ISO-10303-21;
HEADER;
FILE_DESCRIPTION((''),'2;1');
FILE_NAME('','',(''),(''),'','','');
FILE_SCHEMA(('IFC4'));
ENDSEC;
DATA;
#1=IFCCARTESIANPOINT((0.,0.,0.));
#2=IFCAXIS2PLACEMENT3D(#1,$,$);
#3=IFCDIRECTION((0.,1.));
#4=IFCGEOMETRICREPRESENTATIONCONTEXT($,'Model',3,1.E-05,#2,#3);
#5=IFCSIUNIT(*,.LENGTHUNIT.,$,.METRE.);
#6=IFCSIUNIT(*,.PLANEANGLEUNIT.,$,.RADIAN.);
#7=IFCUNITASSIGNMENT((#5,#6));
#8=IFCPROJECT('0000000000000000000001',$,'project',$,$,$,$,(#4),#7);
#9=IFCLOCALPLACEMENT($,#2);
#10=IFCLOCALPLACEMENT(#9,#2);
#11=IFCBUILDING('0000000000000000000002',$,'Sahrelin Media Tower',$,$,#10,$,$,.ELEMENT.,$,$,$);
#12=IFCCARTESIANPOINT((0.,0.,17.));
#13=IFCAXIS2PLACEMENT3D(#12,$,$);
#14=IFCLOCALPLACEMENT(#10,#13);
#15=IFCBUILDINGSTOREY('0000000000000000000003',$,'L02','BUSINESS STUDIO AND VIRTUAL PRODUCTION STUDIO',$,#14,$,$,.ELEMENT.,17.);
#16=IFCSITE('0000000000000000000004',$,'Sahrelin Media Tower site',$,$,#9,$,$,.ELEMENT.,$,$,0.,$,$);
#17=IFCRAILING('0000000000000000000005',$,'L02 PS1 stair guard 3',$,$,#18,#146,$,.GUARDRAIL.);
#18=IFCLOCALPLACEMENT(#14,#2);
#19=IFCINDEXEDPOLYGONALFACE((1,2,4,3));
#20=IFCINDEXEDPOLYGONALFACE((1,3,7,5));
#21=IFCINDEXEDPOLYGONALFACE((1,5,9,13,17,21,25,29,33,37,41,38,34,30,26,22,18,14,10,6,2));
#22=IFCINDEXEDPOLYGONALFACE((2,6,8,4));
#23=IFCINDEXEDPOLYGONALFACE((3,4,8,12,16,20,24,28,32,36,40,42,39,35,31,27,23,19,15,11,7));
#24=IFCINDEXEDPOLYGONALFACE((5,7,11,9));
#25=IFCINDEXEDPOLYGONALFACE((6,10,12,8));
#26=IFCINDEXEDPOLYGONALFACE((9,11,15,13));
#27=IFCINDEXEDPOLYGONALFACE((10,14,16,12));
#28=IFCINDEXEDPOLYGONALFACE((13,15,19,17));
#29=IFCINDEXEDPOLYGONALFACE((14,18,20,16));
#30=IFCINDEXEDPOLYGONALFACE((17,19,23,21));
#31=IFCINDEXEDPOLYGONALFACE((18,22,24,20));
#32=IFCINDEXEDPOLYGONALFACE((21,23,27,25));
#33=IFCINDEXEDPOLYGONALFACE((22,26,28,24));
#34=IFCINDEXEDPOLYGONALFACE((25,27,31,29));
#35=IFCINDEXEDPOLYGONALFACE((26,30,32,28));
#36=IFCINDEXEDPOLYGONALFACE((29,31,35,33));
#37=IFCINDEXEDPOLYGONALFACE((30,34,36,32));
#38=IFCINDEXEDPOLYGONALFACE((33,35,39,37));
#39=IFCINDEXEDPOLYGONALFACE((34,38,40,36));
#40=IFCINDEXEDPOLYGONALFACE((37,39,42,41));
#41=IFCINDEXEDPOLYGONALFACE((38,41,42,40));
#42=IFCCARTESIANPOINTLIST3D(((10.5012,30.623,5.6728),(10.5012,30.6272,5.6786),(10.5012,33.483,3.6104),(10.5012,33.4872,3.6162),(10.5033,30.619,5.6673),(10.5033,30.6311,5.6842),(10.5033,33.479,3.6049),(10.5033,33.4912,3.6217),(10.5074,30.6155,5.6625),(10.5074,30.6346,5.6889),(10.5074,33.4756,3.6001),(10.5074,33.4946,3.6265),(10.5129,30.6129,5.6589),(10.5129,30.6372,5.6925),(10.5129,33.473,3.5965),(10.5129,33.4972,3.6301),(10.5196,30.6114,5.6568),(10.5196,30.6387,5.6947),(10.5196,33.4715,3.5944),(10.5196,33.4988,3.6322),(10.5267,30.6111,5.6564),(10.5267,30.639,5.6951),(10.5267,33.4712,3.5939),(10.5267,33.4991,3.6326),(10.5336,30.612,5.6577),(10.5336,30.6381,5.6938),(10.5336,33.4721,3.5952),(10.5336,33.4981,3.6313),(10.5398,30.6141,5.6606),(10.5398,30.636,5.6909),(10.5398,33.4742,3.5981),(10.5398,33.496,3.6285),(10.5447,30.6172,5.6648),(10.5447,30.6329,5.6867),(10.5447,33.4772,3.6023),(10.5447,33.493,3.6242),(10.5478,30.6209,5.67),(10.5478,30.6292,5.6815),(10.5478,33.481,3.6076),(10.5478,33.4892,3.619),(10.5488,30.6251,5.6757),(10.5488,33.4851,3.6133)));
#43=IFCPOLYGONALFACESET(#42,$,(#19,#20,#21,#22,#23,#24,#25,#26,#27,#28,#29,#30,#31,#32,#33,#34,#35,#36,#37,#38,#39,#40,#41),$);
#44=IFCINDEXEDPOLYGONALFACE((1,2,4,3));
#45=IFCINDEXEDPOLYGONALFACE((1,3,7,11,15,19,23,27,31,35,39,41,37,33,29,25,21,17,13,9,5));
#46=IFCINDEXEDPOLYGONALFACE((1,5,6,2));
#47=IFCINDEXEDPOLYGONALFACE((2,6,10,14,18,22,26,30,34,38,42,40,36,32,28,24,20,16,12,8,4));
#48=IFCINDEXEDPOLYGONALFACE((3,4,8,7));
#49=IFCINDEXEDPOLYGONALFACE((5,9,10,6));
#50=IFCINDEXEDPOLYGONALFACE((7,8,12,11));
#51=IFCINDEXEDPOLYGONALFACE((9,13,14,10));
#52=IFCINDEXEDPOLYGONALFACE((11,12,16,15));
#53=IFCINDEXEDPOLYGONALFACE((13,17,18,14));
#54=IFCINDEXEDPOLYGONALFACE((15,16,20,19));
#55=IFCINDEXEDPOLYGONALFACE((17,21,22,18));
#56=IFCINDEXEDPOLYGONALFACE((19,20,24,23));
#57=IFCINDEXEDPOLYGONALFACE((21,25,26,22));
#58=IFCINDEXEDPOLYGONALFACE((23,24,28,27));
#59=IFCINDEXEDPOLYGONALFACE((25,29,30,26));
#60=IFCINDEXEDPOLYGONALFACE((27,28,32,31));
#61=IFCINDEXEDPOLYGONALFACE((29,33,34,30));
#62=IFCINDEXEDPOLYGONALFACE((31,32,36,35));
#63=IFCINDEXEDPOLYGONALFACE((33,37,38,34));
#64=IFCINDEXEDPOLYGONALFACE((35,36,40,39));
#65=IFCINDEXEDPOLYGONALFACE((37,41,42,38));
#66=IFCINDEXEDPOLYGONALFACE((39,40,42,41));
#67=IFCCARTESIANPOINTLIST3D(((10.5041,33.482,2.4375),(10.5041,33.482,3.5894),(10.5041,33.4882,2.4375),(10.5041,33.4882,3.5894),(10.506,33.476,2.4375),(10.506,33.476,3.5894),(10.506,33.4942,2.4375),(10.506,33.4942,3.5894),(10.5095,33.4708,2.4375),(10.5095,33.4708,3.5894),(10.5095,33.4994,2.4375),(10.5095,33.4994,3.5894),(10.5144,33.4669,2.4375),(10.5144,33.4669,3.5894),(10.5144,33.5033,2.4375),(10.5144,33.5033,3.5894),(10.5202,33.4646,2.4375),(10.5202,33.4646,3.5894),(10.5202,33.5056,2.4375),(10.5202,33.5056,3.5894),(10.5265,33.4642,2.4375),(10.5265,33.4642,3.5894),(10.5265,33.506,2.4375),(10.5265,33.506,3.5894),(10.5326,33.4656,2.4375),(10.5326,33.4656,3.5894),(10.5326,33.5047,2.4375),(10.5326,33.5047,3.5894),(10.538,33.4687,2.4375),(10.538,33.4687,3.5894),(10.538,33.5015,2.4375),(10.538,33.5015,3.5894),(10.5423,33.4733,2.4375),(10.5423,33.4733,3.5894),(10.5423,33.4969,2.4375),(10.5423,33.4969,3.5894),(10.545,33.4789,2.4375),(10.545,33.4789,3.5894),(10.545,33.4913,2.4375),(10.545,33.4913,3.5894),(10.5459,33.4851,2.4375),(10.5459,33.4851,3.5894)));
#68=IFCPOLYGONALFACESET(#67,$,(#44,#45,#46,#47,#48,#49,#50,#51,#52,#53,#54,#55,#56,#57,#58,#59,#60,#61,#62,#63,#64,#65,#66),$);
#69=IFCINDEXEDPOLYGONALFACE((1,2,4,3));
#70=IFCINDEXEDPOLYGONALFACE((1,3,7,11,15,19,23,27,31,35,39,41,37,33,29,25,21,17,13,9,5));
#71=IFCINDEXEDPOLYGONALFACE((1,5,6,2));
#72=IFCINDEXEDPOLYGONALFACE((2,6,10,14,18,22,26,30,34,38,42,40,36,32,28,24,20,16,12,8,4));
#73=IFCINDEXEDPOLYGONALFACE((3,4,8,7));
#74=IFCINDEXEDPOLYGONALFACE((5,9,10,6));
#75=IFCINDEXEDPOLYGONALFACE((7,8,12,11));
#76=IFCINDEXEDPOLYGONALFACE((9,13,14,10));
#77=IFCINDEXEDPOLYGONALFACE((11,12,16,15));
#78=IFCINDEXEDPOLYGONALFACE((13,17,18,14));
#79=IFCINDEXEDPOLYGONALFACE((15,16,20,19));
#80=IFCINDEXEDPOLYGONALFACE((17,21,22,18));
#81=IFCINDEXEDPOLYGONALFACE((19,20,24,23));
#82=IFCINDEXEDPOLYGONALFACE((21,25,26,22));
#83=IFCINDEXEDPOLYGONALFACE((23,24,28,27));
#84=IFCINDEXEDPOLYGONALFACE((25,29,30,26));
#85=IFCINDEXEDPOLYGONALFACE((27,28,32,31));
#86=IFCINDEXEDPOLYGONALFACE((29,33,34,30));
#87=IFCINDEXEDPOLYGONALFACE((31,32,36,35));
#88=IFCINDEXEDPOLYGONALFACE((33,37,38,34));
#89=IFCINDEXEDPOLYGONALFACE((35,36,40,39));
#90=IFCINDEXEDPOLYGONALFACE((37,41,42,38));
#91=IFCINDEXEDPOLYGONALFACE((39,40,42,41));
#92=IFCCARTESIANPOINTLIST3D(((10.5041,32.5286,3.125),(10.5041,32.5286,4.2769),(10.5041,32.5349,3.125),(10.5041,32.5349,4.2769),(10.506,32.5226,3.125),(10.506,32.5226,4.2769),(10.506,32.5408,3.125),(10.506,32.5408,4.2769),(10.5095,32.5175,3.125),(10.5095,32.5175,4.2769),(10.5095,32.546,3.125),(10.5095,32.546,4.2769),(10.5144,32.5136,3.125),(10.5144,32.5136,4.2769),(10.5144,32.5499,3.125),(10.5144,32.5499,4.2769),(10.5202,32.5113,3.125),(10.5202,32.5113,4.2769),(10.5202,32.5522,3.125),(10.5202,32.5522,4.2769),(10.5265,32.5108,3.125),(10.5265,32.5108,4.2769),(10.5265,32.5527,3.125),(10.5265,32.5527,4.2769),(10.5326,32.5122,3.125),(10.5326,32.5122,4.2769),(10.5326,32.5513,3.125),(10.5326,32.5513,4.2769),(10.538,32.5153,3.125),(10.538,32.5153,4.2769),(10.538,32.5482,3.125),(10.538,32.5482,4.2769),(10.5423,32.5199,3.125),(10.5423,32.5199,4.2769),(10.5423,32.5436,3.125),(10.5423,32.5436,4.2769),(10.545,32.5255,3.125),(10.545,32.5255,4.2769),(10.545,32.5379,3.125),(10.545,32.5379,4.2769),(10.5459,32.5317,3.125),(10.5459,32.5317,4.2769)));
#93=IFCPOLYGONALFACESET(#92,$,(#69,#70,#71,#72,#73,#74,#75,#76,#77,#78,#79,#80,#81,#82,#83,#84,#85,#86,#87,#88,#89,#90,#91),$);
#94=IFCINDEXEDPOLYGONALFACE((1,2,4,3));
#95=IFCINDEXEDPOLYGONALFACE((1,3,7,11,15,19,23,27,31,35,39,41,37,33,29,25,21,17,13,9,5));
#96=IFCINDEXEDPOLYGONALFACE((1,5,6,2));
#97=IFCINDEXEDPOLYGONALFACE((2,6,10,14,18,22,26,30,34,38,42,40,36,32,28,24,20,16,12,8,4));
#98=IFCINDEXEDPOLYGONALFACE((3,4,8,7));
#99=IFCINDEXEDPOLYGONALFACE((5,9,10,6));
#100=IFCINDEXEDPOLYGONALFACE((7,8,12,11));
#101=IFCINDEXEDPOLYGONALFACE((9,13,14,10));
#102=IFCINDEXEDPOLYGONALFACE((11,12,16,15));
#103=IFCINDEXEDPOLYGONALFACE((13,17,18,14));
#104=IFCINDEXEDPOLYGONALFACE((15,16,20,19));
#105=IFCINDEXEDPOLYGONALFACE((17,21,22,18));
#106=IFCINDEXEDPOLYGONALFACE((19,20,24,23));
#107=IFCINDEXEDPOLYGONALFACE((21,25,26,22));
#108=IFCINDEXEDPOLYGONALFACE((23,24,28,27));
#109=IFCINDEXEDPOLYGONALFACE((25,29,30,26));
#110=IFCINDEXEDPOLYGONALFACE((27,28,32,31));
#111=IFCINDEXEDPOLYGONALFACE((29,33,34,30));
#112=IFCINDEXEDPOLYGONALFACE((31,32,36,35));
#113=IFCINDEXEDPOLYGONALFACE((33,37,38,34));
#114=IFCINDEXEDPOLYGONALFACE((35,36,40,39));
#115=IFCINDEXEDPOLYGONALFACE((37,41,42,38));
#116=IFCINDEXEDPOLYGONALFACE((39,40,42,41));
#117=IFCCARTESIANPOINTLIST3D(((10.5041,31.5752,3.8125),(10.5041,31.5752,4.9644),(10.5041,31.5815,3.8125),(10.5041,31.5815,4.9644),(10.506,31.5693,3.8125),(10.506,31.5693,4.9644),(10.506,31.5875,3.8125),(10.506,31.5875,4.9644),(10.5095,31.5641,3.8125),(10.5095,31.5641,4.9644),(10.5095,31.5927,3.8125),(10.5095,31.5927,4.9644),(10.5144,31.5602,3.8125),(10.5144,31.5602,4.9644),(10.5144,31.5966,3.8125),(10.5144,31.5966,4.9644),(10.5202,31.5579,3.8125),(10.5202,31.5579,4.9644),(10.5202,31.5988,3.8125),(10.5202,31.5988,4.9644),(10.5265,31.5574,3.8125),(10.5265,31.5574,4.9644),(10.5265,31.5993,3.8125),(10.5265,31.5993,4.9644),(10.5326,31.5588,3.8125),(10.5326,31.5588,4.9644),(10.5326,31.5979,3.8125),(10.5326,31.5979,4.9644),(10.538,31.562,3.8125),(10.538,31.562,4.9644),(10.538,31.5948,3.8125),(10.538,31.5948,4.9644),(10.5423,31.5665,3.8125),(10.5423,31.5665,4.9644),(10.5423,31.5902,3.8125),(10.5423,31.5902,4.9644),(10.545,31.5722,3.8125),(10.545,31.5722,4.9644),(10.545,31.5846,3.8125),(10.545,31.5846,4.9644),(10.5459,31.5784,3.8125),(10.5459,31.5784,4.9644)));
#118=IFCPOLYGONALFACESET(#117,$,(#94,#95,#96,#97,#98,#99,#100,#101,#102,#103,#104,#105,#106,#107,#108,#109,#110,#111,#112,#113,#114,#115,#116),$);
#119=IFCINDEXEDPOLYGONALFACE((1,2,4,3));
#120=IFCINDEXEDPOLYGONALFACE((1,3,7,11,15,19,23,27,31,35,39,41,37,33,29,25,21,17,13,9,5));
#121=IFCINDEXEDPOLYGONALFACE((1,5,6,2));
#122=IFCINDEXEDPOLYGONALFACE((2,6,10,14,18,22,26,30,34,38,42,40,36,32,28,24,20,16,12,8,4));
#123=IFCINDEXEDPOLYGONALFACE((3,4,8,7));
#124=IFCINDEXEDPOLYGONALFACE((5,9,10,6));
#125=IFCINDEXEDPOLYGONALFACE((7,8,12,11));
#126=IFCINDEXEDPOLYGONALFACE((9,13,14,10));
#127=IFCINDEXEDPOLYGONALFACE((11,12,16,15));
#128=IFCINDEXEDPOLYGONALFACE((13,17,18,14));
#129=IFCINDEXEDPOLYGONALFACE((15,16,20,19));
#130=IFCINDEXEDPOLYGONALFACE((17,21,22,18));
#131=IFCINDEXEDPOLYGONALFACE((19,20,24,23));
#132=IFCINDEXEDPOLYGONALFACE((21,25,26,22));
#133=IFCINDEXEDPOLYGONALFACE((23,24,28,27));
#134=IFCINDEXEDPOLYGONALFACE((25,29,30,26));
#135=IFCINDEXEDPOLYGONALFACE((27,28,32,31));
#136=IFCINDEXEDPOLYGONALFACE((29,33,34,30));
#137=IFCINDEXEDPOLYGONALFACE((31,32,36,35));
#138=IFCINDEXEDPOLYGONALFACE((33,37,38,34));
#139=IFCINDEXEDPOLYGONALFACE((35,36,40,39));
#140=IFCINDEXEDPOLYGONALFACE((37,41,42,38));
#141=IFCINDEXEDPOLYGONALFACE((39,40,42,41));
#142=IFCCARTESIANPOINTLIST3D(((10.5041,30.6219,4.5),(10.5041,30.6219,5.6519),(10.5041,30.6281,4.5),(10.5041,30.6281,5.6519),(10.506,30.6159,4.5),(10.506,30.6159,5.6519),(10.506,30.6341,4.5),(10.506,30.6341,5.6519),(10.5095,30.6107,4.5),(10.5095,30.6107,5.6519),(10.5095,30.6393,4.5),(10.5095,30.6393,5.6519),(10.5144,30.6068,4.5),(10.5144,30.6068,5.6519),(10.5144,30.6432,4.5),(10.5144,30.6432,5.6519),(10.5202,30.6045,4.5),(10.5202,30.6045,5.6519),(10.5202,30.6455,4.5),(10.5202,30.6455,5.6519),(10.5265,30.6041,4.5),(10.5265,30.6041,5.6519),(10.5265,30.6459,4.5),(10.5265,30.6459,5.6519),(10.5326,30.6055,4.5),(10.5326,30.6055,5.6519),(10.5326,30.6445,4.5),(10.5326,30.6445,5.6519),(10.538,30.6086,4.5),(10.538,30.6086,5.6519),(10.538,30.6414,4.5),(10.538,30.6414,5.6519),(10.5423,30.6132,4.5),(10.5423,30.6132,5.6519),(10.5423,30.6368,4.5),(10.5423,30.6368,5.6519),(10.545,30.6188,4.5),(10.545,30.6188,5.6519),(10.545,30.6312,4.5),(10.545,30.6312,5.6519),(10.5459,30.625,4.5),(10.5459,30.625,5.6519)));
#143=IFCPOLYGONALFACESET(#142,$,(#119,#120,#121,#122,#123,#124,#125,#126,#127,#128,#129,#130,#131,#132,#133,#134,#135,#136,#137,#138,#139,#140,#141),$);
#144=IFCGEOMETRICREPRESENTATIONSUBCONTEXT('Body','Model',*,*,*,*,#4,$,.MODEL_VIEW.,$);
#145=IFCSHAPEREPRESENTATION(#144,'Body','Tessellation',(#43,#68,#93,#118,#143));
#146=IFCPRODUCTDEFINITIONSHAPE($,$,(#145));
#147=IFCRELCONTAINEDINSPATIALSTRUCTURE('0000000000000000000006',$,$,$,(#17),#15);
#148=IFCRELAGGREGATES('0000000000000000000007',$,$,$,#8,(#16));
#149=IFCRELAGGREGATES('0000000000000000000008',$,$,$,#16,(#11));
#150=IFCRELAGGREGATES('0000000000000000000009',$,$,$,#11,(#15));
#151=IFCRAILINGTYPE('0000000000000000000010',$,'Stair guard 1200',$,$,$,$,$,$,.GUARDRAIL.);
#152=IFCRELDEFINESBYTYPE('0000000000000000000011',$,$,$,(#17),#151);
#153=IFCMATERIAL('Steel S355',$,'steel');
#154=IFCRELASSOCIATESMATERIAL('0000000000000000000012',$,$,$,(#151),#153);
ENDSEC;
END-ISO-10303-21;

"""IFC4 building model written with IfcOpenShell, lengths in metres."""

from ifc_helpers import new_model, si_unit, direction, frame, origin, origin_2d, place, context, subcontext, project, spatial, circle, extrude, material, type_object, element, save


model = new_model("IFC4")

# Units and contexts
model_context = context("Model", 3, precision=1e-05, world=origin(), true_north=direction((0.0, 1.0)))
body_context = subcontext(model_context, "Body", "Model", "MODEL_VIEW")
ifc_project = project(units=[si_unit("LENGTHUNIT", "METRE"), si_unit("PLANEANGLEUNIT", "RADIAN")], contexts=[model_context])

# Site, building, storey
site_placement = place(None, origin())
site = spatial("IfcSite", under=ifc_project, at=site_placement, Name="Sahrelin Media Tower site", CompositionType="ELEMENT", RefElevation=0.0)
building_placement = place(site_placement, origin())
building = spatial("IfcBuilding", under=site, at=building_placement, Name="Sahrelin Media Tower", CompositionType="ELEMENT")
storey_placement = place(building_placement, frame((0.0, 0.0, 17.0)))
storey = spatial("IfcBuildingStorey", under=building, at=storey_placement, Name="L02", Description="BUSINESS STUDIO AND VIRTUAL PRODUCTION STUDIO", CompositionType="ELEMENT", Elevation=17.0)

# Shared definitions
ifc_material_1 = material(Name="Steel S355", Category="steel")

# Railing
railing_type = type_object("IfcRailingType", Name="Stair guard 1200", PredefinedType="GUARDRAIL", material=ifc_material_1)
railing_1_placement = place(storey_placement, frame((10.5249, 33.4851, 2.4375)))
element("IfcRailing", 1, at=railing_1_placement, inside=storey, type_object=railing_type, Name="L02 PS1 stair guard 3", PredefinedType="GUARDRAIL", context=body_context, shape_type="SweptSolid", body=[
    extrude(circle(Radius=0.0239, at=origin_2d()), frame((0.0, 0.0, 1.1758), z_axis=(0.0, -0.811101, 0.584906), x_axis=(1.0, 0.0, 0.0)), (0.0, 0.0, 1.0), 3.5261),
    extrude(circle(Radius=0.021, at=origin_2d()), origin(), (0.0, 0.0, 1.0), 1.1519),
    extrude(circle(Radius=0.021, at=origin_2d()), frame((0.0, -0.9534, 0.6875)), (0.0, 0.0, 1.0), 1.1519),
    extrude(circle(Radius=0.021, at=origin_2d()), frame((0.0, -1.9067, 1.375)), (0.0, 0.0, 1.0), 1.1519),
    extrude(circle(Radius=0.021, at=origin_2d()), frame((0.0, -2.8601, 2.0625)), (0.0, 0.0, 1.0), 1.1519),
])

save(model, "model.ifc")
